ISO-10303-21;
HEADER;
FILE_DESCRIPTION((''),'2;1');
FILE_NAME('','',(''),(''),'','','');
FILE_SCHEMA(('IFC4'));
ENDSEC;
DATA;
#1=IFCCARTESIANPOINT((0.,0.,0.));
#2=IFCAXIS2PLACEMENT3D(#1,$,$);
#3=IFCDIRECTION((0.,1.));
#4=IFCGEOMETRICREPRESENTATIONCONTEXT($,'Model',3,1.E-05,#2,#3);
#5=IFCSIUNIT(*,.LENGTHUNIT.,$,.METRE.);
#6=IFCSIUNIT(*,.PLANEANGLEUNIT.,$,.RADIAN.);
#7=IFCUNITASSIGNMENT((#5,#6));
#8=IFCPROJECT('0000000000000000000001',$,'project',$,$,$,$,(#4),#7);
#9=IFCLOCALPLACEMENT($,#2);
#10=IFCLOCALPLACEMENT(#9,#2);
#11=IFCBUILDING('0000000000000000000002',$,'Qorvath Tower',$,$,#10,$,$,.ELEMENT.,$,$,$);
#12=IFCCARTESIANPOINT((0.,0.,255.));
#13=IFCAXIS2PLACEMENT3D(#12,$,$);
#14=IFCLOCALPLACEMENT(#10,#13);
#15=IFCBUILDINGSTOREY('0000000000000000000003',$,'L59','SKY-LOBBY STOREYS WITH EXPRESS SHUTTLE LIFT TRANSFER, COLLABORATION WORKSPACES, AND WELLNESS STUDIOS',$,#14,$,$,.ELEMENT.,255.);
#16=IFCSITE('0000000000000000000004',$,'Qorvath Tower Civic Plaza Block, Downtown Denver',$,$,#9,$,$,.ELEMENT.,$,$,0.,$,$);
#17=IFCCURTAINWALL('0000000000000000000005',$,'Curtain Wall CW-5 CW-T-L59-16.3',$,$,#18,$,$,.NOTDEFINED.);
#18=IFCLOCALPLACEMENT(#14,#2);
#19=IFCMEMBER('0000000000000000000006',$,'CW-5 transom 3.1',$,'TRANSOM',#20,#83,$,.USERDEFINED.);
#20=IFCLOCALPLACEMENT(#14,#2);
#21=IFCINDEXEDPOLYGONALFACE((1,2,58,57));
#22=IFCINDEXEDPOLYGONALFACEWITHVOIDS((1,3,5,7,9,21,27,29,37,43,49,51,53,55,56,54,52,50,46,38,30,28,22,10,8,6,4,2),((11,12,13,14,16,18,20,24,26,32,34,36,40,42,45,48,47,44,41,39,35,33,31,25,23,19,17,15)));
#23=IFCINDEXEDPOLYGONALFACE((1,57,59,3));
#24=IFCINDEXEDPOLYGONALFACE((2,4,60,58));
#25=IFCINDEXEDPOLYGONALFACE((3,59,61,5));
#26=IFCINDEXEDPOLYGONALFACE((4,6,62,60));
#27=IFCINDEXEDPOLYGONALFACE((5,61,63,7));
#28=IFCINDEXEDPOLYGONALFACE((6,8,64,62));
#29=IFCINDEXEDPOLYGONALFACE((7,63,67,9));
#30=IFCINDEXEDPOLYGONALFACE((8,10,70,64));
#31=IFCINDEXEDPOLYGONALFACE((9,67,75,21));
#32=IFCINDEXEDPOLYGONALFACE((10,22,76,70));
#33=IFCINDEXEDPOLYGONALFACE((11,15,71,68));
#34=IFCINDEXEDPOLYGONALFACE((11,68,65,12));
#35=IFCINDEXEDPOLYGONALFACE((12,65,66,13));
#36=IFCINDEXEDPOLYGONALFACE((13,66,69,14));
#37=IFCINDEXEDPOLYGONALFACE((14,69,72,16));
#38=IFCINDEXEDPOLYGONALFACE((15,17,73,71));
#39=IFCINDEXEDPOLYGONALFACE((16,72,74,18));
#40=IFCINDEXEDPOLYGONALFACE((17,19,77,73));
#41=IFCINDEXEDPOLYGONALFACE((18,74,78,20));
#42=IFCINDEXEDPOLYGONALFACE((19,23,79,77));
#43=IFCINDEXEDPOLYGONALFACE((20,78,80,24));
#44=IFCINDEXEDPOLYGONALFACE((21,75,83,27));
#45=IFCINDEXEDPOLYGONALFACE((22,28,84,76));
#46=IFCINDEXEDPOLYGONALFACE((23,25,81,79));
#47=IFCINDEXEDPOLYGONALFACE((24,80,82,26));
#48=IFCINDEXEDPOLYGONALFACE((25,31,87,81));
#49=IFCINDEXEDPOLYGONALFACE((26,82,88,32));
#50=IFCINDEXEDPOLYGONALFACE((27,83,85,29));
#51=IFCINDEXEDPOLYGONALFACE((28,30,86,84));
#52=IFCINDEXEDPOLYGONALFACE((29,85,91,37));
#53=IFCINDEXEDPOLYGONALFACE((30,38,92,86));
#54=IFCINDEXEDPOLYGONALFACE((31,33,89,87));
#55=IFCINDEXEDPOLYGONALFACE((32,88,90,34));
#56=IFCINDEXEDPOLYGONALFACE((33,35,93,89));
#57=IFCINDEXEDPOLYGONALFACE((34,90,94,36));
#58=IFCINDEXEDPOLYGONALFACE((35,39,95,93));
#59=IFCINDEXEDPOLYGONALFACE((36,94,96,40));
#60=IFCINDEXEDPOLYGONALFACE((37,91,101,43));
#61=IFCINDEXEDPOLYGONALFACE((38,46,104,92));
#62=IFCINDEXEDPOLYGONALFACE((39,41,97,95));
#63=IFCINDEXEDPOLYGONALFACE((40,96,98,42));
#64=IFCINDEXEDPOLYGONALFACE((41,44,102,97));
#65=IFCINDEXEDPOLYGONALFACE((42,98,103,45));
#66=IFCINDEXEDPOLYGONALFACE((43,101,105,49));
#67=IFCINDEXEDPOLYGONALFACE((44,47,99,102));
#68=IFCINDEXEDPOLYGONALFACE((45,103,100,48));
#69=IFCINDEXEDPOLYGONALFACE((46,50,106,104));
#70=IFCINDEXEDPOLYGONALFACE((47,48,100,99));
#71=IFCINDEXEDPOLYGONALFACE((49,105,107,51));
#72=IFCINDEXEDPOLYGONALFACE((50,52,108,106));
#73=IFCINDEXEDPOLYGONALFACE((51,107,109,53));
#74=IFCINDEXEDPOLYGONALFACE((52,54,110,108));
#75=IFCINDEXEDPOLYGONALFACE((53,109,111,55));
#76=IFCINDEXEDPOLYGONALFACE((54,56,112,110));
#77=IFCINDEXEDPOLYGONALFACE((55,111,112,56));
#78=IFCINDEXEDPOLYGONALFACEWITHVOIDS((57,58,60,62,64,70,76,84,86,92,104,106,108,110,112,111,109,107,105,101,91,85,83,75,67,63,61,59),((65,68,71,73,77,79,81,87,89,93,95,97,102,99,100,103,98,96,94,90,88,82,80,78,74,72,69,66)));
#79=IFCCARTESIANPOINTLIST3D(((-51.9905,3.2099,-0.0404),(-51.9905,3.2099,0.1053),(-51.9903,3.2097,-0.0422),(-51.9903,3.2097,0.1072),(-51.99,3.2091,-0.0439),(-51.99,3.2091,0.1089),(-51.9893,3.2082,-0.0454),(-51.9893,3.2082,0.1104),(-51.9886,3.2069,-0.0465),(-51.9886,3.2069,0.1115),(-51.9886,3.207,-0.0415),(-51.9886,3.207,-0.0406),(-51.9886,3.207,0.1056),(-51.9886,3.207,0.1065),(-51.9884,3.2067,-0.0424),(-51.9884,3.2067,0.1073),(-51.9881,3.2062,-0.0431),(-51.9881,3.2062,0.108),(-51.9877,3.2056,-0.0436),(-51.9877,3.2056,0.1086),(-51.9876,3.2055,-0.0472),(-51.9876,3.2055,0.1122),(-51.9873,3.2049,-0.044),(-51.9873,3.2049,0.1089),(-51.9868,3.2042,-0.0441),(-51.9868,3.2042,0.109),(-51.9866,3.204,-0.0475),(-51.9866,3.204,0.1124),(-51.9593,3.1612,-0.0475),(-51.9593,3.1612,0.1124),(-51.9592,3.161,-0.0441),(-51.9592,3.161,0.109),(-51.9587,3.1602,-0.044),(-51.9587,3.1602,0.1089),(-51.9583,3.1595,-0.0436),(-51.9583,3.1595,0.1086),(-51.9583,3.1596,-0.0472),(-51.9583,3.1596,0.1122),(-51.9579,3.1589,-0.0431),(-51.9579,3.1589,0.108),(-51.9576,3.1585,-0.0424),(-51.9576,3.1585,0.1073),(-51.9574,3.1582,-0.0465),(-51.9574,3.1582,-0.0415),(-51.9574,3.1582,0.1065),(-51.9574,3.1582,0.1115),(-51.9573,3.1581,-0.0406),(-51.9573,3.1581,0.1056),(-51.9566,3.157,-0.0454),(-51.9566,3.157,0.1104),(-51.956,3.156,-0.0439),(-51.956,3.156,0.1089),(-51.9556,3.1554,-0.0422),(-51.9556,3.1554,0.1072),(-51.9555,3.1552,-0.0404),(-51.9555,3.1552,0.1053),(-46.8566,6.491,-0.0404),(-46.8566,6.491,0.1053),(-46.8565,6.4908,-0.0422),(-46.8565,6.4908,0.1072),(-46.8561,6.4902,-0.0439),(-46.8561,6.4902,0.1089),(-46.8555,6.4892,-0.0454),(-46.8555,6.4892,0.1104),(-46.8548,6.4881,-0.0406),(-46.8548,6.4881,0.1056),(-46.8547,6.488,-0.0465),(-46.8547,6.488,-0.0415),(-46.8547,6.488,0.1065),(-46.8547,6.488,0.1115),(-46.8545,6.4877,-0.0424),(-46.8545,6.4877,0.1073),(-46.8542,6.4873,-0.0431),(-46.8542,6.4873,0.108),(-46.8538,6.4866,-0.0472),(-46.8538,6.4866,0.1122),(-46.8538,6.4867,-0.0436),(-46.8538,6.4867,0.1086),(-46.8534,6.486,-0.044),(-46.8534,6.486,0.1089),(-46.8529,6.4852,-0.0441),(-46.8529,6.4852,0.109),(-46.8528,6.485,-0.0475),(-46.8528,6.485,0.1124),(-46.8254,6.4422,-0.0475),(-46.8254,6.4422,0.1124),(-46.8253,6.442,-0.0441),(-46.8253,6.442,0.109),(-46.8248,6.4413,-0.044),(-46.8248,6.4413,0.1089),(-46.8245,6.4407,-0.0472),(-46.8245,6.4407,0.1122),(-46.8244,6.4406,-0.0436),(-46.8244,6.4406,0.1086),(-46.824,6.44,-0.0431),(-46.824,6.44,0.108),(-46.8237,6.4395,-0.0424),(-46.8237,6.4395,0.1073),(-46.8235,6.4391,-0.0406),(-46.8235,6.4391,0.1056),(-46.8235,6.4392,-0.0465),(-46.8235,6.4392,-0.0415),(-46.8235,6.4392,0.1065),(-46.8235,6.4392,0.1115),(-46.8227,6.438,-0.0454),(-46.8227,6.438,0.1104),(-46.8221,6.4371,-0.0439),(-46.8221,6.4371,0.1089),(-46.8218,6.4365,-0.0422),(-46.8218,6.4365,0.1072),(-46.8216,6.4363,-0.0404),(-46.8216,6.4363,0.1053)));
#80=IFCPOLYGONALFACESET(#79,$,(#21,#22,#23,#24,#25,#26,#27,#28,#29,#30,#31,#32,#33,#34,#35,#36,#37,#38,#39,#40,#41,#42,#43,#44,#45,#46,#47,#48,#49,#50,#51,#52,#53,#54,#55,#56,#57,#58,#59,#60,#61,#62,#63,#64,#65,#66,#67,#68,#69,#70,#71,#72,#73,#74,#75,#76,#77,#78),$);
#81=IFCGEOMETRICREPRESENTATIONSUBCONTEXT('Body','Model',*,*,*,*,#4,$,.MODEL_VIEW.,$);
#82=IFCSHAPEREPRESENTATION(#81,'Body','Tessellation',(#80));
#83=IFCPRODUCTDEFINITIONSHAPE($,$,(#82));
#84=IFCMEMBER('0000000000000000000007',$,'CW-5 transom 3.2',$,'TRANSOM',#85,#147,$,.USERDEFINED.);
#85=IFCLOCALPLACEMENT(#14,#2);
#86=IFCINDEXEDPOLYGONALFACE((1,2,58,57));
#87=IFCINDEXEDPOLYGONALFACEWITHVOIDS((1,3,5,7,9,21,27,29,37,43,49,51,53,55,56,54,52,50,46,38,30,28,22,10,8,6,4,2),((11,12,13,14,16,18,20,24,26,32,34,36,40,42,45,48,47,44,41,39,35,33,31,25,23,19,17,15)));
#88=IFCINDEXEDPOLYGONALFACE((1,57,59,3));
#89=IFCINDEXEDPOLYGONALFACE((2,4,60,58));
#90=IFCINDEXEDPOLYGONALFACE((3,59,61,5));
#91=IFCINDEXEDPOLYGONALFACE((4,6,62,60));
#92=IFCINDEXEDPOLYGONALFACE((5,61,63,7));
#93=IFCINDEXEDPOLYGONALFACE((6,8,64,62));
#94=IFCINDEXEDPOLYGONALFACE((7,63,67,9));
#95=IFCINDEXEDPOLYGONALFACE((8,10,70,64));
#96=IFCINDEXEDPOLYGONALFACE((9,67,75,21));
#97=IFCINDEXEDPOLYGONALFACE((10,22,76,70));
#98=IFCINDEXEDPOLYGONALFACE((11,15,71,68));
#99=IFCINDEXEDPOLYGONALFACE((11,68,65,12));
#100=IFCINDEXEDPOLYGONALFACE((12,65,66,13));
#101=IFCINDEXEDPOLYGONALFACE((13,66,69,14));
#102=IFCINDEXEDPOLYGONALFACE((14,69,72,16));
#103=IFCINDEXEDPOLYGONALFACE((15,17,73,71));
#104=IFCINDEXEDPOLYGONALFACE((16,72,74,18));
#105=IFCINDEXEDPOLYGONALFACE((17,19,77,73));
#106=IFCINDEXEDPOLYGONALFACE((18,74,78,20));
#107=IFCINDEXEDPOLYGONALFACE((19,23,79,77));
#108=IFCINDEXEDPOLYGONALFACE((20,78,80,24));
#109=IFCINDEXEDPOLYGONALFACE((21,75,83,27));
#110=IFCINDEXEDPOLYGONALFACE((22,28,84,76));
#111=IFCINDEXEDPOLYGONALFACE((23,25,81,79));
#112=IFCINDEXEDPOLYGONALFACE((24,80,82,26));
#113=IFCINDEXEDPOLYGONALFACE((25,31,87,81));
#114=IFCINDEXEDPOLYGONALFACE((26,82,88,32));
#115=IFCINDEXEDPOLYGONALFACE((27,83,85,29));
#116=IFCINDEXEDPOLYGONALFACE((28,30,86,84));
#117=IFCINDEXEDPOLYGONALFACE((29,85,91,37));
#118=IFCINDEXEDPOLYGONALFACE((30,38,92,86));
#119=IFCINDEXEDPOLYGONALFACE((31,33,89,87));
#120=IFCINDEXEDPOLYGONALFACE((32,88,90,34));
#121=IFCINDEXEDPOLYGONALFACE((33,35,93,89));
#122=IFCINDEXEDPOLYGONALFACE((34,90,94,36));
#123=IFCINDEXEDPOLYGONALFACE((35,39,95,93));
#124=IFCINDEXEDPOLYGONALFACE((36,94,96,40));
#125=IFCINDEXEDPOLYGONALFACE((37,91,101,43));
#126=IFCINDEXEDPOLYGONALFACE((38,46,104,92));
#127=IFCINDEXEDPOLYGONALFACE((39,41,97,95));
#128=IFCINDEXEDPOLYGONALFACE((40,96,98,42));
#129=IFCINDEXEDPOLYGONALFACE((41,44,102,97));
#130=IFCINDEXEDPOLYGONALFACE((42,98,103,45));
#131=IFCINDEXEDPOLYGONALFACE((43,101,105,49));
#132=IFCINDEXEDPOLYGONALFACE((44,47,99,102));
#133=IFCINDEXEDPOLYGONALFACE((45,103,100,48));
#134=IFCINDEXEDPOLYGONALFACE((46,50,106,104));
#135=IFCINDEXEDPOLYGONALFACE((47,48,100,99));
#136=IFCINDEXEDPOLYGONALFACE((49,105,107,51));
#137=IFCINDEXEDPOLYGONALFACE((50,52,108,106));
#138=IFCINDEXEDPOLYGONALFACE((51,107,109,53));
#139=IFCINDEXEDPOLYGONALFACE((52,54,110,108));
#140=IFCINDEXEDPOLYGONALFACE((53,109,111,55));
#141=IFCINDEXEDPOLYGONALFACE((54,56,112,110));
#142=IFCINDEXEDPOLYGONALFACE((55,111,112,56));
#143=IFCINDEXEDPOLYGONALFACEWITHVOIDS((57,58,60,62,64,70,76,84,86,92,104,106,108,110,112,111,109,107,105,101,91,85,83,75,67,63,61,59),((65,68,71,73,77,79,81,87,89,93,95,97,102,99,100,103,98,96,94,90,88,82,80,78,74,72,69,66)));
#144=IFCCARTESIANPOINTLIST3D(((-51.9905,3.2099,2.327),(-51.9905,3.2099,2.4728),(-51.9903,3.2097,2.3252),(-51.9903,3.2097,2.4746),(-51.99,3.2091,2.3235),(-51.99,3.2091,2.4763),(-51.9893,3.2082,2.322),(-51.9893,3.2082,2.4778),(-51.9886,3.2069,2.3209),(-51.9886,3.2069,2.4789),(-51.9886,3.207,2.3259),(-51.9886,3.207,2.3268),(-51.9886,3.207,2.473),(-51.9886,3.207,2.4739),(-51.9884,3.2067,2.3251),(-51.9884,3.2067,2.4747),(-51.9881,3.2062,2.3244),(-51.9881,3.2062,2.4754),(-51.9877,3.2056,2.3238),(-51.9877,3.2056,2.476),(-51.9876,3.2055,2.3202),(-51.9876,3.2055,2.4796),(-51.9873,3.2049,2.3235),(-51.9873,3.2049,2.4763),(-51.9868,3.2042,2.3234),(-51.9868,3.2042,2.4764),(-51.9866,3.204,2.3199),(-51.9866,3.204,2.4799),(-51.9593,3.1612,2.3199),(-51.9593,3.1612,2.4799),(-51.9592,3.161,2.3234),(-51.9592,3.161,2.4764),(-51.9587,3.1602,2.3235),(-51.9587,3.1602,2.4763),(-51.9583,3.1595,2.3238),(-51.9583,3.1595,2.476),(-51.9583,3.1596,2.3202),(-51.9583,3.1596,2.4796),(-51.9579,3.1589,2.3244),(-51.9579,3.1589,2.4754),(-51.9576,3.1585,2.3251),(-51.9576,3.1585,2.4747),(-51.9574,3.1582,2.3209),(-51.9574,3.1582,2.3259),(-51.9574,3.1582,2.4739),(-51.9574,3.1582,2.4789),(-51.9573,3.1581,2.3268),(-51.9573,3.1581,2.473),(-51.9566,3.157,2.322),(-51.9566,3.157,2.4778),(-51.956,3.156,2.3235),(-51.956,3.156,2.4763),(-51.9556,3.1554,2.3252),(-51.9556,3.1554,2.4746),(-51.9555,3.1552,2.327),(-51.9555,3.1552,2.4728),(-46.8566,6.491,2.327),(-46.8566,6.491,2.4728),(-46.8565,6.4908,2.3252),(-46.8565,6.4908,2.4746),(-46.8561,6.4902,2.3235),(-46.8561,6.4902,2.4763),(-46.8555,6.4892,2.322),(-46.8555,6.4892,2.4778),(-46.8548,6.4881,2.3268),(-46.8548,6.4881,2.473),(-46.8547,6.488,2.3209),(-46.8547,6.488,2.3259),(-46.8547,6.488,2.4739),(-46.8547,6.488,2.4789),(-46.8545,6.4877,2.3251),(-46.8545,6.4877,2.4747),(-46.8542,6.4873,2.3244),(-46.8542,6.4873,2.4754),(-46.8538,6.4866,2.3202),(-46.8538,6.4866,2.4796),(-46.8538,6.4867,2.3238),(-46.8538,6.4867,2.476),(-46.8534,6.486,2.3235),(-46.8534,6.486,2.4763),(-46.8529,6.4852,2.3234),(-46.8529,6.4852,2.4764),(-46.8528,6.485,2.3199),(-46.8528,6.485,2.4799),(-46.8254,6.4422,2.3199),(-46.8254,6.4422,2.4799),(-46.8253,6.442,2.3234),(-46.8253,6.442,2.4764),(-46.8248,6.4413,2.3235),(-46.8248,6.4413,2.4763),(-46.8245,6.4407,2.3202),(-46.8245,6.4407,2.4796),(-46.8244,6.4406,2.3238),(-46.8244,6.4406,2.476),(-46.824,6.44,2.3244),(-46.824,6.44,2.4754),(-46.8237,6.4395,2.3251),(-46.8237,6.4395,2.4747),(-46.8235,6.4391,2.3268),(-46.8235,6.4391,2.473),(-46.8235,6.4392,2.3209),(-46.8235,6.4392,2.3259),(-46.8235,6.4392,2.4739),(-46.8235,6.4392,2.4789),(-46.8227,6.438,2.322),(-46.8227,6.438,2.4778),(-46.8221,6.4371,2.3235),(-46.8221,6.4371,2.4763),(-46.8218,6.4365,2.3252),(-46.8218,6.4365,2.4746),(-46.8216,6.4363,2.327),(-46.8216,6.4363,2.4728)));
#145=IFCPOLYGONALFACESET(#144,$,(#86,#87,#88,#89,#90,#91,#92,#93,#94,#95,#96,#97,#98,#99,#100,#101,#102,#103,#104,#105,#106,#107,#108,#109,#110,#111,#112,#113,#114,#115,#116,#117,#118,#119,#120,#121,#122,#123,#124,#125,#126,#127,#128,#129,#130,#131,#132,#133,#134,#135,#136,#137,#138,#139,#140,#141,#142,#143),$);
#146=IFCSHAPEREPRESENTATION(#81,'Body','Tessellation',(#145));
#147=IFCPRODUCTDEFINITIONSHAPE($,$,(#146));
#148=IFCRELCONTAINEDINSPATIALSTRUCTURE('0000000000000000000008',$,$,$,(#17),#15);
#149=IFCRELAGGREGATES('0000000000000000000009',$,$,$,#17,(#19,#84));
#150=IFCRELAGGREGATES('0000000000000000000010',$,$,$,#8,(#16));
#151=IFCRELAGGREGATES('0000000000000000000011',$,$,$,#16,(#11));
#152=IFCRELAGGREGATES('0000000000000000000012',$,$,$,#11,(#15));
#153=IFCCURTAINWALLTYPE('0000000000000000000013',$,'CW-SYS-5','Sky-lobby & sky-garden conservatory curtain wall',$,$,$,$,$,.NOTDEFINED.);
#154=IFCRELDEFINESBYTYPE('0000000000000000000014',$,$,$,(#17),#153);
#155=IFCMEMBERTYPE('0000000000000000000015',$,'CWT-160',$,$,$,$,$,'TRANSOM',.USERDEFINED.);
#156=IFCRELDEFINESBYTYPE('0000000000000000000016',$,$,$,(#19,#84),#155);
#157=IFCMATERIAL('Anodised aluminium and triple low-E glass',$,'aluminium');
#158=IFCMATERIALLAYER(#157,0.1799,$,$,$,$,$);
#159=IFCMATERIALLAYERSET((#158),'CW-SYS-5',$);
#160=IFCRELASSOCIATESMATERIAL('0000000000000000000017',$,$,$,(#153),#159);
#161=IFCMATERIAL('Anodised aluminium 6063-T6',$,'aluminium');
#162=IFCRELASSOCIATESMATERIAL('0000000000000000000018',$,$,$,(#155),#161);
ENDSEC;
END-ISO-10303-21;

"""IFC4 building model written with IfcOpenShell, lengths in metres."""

from ifc_helpers import new_model, si_unit, direction, frame, origin, origin_2d, place, context, subcontext, project, spatial, hollow_rectangle, extrude, material, layer, layer_set, material_profile, profile_set, type_object, element, aggregate, save


model = new_model("IFC4")

# Units and contexts
model_context = context("Model", 3, precision=1e-05, world=origin(), true_north=direction((0.0, 1.0)))
body_context = subcontext(model_context, "Body", "Model", "MODEL_VIEW")
ifc_project = project(units=[si_unit("LENGTHUNIT", "METRE"), si_unit("PLANEANGLEUNIT", "RADIAN")], contexts=[model_context])

# Site, building, storey
site_placement = place(None, origin())
site = spatial("IfcSite", under=ifc_project, at=site_placement, Name="Qorvath Tower Civic Plaza Block, Downtown Denver", CompositionType="ELEMENT", RefElevation=0.0)
building_placement = place(site_placement, origin())
building = spatial("IfcBuilding", under=site, at=building_placement, Name="Qorvath Tower", CompositionType="ELEMENT")
storey_placement = place(building_placement, frame((0.0, 0.0, 255.0)))
storey = spatial("IfcBuildingStorey", under=building, at=storey_placement, Name="L59", Description="SKY-LOBBY STOREYS WITH EXPRESS SHUTTLE LIFT TRANSFER, COLLABORATION WORKSPACES, AND WELLNESS STUDIOS", CompositionType="ELEMENT", Elevation=255.0)

# Curtain wall, members
ifc_material_1 = material(Name="Anodised aluminium and triple low-E glass", Category="aluminium")
ifc_layer_1 = layer(ifc_material_1, 0.1799)
ifc_layer_set_1 = layer_set([ifc_layer_1], Name="CW-SYS-5")
curtain_wall_type = type_object("IfcCurtainWallType", Name="CW-SYS-5", Description="Sky-lobby & sky-garden conservatory curtain wall", PredefinedType="NOTDEFINED", material=ifc_layer_set_1)
curtain_wall_placement = place(storey_placement, origin())
curtain_wall = element("IfcCurtainWall", 1, at=curtain_wall_placement, inside=storey, type_object=curtain_wall_type, Name="Curtain Wall CW-5 CW-T-L59-16.3", PredefinedType="NOTDEFINED")
ifc_material_2 = material(Name="Anodised aluminium 6063-T6", Category="aluminium")
ifc_material_profile_1 = material_profile(ifc_material_2, hollow_rectangle(XDim=0.0649, YDim=0.1599, WallThickness=0.0034, InnerFilletRadius=0.0034, OuterFilletRadius=0.0071, at=origin_2d()), Name="CWT 160x65")
ifc_profile_set_1 = profile_set([ifc_material_profile_1], Name="Anodised aluminium 6063-T6")
member_type_1 = type_object("IfcMemberType", Name="CWT-160", ElementType="TRANSOM", PredefinedType="USERDEFINED", material=ifc_profile_set_1)
member_1_placement = place(storey_placement, frame((-46.8391, 6.4636, 0.0325), z_axis=(-0.842615, -0.538516, 0.0), x_axis=(0.538516, -0.842615, 0.0)))
member_1 = element("IfcMember", 2, at=member_1_placement, type_object=member_type_1, Name="CW-5 transom 3.1", ObjectType="TRANSOM", PredefinedType="USERDEFINED", context=body_context, shape_type="SweptSolid", body=[
    extrude(hollow_rectangle(XDim=0.0649, YDim=0.1599, WallThickness=0.0034, InnerFilletRadius=0.0034, OuterFilletRadius=0.0071, at=origin_2d()), origin(), (0.0, 0.0, 1.0), 6.0928),
])
member_2_placement = place(storey_placement, frame((-46.8391, 6.4636, 2.3999), z_axis=(-0.842615, -0.538516, 0.0), x_axis=(0.538516, -0.842615, 0.0)))
member_2 = element("IfcMember", 3, at=member_2_placement, type_object=member_type_1, Name="CW-5 transom 3.2", ObjectType="TRANSOM", PredefinedType="USERDEFINED", context=body_context, shape_type="SweptSolid", body=[
    extrude(hollow_rectangle(XDim=0.0649, YDim=0.1599, WallThickness=0.0034, InnerFilletRadius=0.0034, OuterFilletRadius=0.0071, at=origin_2d()), origin(), (0.0, 0.0, 1.0), 6.0928),
])
aggregate(curtain_wall, [member_1, member_2])

save(model, "model.ifc")
